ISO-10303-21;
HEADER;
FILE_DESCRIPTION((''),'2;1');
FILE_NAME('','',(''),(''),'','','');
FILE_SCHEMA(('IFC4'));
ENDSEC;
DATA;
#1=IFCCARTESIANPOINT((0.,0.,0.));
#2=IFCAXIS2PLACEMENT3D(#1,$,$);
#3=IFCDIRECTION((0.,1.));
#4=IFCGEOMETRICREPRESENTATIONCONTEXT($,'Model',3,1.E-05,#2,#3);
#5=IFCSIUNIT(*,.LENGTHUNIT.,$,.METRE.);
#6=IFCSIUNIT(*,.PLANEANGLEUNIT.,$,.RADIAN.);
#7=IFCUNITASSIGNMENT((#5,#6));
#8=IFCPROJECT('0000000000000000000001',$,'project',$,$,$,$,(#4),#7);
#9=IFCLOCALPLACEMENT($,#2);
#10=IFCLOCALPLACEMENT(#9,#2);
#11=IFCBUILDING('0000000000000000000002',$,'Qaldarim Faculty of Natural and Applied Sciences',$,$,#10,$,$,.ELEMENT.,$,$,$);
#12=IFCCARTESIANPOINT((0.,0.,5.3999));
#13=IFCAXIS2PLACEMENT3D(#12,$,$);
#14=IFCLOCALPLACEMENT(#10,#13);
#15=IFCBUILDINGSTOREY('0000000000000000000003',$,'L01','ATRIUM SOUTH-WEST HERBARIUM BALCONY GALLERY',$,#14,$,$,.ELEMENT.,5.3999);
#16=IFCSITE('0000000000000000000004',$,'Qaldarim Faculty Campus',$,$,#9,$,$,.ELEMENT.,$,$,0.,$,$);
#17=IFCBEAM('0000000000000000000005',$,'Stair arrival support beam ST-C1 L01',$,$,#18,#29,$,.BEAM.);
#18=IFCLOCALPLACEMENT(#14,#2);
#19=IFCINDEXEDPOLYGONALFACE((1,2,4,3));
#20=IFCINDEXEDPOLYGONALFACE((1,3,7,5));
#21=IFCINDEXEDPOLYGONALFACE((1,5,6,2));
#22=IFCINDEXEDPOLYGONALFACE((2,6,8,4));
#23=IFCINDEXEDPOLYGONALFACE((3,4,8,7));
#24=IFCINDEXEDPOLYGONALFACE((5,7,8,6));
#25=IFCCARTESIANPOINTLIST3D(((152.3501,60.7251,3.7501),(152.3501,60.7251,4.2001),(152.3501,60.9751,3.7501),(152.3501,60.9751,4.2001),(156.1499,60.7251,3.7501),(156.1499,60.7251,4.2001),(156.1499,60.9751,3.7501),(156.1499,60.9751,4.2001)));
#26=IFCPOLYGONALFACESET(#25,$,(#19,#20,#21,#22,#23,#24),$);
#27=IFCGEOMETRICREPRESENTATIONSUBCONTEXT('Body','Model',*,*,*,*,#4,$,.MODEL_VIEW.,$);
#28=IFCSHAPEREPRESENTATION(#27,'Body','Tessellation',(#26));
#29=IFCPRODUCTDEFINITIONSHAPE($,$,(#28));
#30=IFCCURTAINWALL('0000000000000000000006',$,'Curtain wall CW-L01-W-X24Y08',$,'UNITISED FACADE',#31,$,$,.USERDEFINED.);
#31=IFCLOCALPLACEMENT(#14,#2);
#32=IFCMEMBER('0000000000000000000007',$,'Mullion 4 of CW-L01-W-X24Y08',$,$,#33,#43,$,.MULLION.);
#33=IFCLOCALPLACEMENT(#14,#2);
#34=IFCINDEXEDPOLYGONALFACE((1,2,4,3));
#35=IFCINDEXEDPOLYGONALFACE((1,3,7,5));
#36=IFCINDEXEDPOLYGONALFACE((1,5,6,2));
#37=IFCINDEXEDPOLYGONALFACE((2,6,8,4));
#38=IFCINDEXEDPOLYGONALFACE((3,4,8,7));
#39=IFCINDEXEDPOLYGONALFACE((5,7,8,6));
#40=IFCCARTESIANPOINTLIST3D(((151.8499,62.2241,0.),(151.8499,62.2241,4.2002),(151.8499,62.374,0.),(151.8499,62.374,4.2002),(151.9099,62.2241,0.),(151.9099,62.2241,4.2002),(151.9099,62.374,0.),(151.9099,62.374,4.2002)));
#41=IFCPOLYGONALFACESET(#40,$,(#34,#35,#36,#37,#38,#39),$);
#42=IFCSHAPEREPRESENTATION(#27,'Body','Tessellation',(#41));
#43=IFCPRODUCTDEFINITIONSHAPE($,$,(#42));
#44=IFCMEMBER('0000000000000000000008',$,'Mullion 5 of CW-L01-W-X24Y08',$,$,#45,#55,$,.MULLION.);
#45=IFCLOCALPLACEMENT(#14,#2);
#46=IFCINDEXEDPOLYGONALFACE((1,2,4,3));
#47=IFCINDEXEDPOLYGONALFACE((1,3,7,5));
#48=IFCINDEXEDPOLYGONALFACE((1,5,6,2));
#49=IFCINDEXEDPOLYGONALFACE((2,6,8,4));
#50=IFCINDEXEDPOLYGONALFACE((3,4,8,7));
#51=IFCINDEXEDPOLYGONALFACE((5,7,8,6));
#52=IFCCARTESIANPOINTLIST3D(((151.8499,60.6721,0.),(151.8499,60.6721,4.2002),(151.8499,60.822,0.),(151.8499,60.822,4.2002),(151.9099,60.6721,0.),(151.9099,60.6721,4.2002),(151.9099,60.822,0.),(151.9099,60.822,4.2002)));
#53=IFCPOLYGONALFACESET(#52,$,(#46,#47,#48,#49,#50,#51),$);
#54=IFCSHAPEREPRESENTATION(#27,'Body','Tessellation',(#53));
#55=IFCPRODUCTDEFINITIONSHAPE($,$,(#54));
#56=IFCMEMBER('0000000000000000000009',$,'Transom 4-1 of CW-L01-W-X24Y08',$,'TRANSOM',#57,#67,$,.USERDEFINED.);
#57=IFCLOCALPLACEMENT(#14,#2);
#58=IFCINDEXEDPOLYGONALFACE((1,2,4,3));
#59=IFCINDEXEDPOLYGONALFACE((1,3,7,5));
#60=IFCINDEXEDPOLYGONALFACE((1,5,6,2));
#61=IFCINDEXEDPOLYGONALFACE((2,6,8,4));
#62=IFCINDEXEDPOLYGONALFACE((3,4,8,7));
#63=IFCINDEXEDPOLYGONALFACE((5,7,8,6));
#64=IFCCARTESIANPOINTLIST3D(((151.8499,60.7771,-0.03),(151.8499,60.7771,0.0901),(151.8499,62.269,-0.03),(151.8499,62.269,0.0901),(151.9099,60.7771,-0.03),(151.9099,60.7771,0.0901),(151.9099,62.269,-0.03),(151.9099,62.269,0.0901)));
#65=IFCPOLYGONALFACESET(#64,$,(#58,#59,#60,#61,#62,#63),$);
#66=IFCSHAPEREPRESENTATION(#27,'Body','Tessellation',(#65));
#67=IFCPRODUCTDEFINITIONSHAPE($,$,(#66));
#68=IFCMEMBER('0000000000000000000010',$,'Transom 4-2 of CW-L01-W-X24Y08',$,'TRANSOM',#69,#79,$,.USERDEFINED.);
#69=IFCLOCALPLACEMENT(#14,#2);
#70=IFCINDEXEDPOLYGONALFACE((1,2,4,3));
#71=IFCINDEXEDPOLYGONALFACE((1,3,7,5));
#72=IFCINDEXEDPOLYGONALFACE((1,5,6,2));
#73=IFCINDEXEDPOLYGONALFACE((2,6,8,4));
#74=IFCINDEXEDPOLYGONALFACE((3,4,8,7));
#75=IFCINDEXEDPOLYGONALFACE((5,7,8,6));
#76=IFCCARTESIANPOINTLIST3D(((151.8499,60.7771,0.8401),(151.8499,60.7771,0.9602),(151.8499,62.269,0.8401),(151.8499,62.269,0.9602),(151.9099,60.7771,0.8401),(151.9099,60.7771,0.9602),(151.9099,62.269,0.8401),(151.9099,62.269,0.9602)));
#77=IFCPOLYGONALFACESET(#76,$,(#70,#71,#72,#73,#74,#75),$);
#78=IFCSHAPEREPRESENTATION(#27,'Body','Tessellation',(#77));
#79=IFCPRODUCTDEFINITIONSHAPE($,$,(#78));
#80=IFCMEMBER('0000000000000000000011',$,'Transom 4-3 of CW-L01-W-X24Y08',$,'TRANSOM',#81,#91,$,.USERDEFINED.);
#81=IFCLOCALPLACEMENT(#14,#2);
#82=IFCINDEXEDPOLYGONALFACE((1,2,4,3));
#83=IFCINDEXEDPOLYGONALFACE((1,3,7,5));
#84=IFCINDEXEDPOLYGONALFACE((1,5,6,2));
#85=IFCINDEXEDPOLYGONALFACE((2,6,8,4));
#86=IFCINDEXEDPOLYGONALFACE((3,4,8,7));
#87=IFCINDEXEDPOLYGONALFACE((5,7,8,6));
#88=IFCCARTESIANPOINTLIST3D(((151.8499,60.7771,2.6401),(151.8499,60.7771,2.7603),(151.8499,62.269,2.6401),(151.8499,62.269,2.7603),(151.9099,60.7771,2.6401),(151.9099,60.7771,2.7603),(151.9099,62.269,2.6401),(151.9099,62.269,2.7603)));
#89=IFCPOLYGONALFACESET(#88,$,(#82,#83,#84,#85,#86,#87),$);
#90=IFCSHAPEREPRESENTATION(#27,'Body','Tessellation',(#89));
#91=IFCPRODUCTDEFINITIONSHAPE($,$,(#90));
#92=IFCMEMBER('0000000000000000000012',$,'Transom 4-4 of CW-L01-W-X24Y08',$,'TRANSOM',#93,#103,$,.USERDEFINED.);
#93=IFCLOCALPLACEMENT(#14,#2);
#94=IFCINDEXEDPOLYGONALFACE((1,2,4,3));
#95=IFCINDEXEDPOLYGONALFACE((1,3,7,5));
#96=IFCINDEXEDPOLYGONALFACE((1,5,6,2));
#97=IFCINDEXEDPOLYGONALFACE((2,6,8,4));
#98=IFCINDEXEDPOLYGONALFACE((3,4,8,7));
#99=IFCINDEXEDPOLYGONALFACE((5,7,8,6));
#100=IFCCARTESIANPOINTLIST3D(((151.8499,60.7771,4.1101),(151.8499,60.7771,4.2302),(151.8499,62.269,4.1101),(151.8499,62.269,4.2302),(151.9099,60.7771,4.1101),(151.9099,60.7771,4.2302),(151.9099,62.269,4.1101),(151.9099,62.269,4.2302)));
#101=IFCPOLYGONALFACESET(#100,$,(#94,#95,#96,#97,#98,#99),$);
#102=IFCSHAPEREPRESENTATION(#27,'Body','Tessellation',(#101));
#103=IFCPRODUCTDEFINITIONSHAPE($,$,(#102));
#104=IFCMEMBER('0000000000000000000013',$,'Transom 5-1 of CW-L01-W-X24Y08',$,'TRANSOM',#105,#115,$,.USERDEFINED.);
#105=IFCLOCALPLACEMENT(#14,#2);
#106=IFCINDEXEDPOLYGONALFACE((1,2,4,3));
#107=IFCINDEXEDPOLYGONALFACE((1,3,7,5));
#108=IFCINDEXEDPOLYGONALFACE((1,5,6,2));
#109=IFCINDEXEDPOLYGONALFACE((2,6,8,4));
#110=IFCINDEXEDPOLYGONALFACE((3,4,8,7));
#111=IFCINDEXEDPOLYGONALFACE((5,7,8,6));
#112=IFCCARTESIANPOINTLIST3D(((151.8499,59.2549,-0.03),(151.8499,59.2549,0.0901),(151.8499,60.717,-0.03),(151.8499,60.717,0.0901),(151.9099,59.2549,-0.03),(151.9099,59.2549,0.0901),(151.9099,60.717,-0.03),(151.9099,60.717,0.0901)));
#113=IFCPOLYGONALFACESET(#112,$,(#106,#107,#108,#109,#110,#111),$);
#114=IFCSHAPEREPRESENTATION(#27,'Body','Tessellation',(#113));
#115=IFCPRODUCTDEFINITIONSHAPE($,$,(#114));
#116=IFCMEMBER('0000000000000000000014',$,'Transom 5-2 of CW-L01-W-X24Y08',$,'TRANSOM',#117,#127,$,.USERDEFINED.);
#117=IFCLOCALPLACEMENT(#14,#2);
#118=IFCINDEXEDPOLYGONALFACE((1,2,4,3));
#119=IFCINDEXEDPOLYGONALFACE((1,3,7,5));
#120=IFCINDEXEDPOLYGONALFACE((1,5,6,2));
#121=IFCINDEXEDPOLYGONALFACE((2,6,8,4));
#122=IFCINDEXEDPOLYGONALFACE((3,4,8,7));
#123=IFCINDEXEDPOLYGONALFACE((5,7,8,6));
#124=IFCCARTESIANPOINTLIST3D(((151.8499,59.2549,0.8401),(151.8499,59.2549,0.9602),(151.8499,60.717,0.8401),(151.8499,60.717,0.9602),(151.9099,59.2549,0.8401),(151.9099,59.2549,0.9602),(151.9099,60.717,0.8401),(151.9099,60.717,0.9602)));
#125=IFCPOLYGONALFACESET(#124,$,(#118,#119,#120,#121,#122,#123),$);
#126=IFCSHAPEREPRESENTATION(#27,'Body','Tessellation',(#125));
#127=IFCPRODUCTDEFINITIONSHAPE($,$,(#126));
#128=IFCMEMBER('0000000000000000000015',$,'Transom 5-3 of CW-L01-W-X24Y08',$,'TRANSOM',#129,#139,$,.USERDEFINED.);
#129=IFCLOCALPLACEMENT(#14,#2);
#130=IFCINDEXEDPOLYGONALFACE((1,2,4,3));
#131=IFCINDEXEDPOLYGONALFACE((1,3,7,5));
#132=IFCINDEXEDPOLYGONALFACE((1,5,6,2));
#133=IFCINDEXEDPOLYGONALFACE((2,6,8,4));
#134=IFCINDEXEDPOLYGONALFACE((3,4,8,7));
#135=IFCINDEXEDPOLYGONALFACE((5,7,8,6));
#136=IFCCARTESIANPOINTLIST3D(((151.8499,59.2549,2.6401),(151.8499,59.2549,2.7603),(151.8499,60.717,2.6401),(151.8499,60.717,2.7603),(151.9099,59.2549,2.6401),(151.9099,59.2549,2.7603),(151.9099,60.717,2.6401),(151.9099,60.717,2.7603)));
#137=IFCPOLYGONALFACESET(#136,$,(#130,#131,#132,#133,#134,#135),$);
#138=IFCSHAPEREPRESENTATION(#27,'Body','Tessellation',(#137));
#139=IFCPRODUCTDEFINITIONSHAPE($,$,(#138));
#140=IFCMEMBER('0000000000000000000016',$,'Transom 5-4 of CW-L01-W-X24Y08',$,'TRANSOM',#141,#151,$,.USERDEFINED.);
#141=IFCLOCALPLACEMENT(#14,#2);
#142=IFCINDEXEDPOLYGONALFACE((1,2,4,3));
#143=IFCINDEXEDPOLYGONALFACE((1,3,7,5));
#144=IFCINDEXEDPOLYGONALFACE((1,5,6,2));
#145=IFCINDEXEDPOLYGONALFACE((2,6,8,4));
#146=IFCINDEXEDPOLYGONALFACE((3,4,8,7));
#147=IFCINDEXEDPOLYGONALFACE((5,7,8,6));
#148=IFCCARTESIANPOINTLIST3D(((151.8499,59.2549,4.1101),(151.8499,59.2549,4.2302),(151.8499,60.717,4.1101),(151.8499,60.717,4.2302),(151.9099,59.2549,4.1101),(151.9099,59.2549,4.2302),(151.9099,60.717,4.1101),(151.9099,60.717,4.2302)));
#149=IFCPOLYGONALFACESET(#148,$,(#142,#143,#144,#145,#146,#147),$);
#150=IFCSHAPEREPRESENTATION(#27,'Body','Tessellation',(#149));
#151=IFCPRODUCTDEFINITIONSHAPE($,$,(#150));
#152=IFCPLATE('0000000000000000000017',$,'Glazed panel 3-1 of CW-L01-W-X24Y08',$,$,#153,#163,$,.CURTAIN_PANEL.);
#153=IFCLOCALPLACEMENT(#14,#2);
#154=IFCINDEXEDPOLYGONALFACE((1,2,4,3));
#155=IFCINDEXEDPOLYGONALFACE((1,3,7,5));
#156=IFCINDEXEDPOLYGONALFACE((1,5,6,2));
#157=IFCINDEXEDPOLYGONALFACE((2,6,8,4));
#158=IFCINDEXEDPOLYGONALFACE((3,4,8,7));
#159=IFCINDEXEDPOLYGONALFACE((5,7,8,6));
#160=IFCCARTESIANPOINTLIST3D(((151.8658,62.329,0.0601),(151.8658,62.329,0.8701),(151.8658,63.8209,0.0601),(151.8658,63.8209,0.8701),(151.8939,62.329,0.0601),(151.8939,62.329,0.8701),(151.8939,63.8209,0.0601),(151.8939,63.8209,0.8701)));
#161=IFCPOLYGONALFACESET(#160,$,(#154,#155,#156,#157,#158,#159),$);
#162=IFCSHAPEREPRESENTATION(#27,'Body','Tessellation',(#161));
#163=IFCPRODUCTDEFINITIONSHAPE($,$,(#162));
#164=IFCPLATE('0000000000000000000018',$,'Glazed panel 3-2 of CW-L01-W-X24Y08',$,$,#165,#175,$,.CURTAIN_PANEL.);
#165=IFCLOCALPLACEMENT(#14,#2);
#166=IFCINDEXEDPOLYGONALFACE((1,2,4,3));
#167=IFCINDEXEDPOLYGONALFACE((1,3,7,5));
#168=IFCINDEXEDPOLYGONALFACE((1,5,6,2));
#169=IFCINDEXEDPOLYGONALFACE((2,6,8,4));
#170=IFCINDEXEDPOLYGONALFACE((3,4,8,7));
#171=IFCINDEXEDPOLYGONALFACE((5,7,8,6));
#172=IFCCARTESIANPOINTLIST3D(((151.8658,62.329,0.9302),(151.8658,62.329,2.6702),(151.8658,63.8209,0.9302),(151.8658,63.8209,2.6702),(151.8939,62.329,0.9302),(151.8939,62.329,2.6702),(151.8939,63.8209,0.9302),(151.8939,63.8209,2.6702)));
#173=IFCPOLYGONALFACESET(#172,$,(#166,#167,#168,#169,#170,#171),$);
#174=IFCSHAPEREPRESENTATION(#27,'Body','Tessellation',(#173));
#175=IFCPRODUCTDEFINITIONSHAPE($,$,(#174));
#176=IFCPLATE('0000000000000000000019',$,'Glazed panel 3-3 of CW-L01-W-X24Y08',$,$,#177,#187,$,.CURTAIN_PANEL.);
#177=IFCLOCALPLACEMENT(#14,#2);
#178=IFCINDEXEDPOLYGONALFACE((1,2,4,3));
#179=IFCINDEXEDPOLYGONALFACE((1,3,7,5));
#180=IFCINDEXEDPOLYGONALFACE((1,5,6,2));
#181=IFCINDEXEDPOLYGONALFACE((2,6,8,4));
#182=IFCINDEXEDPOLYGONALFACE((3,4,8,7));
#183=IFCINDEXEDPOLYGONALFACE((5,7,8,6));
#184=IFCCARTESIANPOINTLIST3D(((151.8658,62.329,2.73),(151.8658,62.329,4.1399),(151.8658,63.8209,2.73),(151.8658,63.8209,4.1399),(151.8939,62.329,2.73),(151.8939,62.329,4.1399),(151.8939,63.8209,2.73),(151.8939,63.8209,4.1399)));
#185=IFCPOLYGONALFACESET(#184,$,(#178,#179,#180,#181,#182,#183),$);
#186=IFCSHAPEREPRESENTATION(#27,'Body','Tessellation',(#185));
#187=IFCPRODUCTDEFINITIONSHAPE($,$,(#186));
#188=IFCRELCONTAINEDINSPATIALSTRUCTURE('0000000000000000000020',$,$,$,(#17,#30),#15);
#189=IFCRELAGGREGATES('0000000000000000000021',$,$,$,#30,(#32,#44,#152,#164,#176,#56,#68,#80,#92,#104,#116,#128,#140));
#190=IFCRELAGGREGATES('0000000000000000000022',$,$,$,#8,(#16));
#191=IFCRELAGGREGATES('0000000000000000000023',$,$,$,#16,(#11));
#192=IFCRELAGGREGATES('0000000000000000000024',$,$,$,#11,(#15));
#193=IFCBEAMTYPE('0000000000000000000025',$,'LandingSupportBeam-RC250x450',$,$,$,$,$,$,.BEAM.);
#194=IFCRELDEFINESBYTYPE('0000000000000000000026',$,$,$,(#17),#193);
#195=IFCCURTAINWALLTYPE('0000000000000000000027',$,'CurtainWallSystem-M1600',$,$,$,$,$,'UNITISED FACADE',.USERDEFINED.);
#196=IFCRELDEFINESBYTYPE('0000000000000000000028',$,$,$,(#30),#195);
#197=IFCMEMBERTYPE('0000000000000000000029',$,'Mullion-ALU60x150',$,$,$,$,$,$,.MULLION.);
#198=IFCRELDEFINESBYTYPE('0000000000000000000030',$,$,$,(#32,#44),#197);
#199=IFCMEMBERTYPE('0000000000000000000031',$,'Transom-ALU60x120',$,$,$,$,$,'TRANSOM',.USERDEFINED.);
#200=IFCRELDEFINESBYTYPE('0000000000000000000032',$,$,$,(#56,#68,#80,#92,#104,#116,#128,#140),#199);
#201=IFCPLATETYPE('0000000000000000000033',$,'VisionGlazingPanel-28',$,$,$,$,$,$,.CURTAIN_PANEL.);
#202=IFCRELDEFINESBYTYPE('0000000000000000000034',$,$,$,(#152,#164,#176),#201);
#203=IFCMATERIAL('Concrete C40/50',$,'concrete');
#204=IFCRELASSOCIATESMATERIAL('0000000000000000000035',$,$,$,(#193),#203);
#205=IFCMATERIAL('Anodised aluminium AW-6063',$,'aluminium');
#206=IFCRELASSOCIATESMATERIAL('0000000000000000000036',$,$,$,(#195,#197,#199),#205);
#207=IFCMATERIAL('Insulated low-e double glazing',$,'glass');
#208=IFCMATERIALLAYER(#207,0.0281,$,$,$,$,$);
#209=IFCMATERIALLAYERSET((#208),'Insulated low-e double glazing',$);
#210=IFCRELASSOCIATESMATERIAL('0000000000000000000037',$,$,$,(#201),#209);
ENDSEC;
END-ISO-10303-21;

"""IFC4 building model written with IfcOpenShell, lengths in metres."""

from ifc_helpers import new_model, si_unit, direction, frame, origin, origin_2d, place, context, subcontext, project, spatial, rectangle, extrude, material, layer, layer_set, material_profile, profile_set, type_object, element, aggregate, save


model = new_model("IFC4")

# Units and contexts
model_context = context("Model", 3, precision=1e-05, world=origin(), true_north=direction((0.0, 1.0)))
body_context = subcontext(model_context, "Body", "Model", "MODEL_VIEW")
ifc_project = project(units=[si_unit("LENGTHUNIT", "METRE"), si_unit("PLANEANGLEUNIT", "RADIAN")], contexts=[model_context])

# Site, building, storey
site_placement = place(None, origin())
site = spatial("IfcSite", under=ifc_project, at=site_placement, Name="Qaldarim Faculty Campus", CompositionType="ELEMENT", RefElevation=0.0)
building_placement = place(site_placement, origin())
building = spatial("IfcBuilding", under=site, at=building_placement, Name="Qaldarim Faculty of Natural and Applied Sciences", CompositionType="ELEMENT")
storey_placement = place(building_placement, frame((0.0, 0.0, 5.3999)))
storey = spatial("IfcBuildingStorey", under=building, at=storey_placement, Name="L01", Description="ATRIUM SOUTH-WEST HERBARIUM BALCONY GALLERY", CompositionType="ELEMENT", Elevation=5.3999)

# Beam
ifc_material_1 = material(Name="Concrete C40/50", Category="concrete")
ifc_material_profile_1 = material_profile(ifc_material_1, rectangle(XDim=0.25, YDim=0.45, at=origin_2d()), Name="RC-LN250x450")
ifc_profile_set_1 = profile_set([ifc_material_profile_1], Name="Concrete C40/50")
beam_type = type_object("IfcBeamType", Name="LandingSupportBeam-RC250x450", PredefinedType="BEAM", material=ifc_profile_set_1)
beam_placement = place(storey_placement, frame((152.3501, 60.8501, 3.9751), z_axis=(1.0, 0.0, 0.0), x_axis=(0.0, 1.0, 0.0)))
element("IfcBeam", 1, at=beam_placement, inside=storey, type_object=beam_type, Name="Stair arrival support beam ST-C1 L01", PredefinedType="BEAM", context=body_context, shape_type="SweptSolid", body=[
    extrude(rectangle(XDim=0.25, YDim=0.45, at=origin_2d()), origin(), (0.0, 0.0, 1.0), 3.7998),
])

# Curtain wall, members, plates
ifc_material_2 = material(Name="Anodised aluminium AW-6063", Category="aluminium")
curtain_wall_type = type_object("IfcCurtainWallType", Name="CurtainWallSystem-M1600", ElementType="UNITISED FACADE", PredefinedType="USERDEFINED", material=ifc_material_2)
curtain_wall_placement = place(storey_placement, origin())
curtain_wall = element("IfcCurtainWall", 2, at=curtain_wall_placement, inside=storey, type_object=curtain_wall_type, Name="Curtain wall CW-L01-W-X24Y08", ObjectType="UNITISED FACADE", PredefinedType="USERDEFINED")
ifc_material_profile_2 = material_profile(ifc_material_2, rectangle(XDim=0.0601, YDim=0.1499, at=origin_2d()), Name="ALU-M60x150")
ifc_profile_set_2 = profile_set([ifc_material_profile_2], Name="Anodised aluminium AW-6063")
member_type_1 = type_object("IfcMemberType", Name="Mullion-ALU60x150", PredefinedType="MULLION", material=ifc_profile_set_2)
member_1_placement = place(storey_placement, frame((151.8799, 62.2991, 0.0), z_axis=(0.0, 0.0, 1.0), x_axis=(1.0, 0.0, 0.0)))
member_1 = element("IfcMember", 3, at=member_1_placement, type_object=member_type_1, Name="Mullion 4 of CW-L01-W-X24Y08", PredefinedType="MULLION", context=body_context, shape_type="SweptSolid", body=[
    extrude(rectangle(XDim=0.0601, YDim=0.1499, at=origin_2d()), origin(), (0.0, 0.0, 1.0), 4.2002),
])
member_2_placement = place(storey_placement, frame((151.8799, 60.7471, 0.0), z_axis=(0.0, 0.0, 1.0), x_axis=(1.0, 0.0, 0.0)))
member_2 = element("IfcMember", 4, at=member_2_placement, type_object=member_type_1, Name="Mullion 5 of CW-L01-W-X24Y08", PredefinedType="MULLION", context=body_context, shape_type="SweptSolid", body=[
    extrude(rectangle(XDim=0.0601, YDim=0.1499, at=origin_2d()), origin(), (0.0, 0.0, 1.0), 4.2002),
])
ifc_material_profile_3 = material_profile(ifc_material_2, rectangle(XDim=0.0601, YDim=0.1201, at=origin_2d()), Name="ALU-T60x120")
ifc_profile_set_3 = profile_set([ifc_material_profile_3], Name="Anodised aluminium AW-6063")
member_type_2 = type_object("IfcMemberType", Name="Transom-ALU60x120", ElementType="TRANSOM", PredefinedType="USERDEFINED", material=ifc_profile_set_3)
member_3_placement = place(storey_placement, frame((151.8799, 62.269, 0.03), z_axis=(0.0, -1.0, 0.0), x_axis=(1.0, 0.0, 0.0)))
member_3 = element("IfcMember", 5, at=member_3_placement, type_object=member_type_2, Name="Transom 4-1 of CW-L01-W-X24Y08", ObjectType="TRANSOM", PredefinedType="USERDEFINED", context=body_context, shape_type="SweptSolid", body=[
    extrude(rectangle(XDim=0.0601, YDim=0.1201, at=origin_2d()), origin(), (0.0, 0.0, 1.0), 1.4919),
])
member_4_placement = place(storey_placement, frame((151.8799, 62.269, 0.9001), z_axis=(0.0, -1.0, 0.0), x_axis=(1.0, 0.0, 0.0)))
member_4 = element("IfcMember", 6, at=member_4_placement, type_object=member_type_2, Name="Transom 4-2 of CW-L01-W-X24Y08", ObjectType="TRANSOM", PredefinedType="USERDEFINED", context=body_context, shape_type="SweptSolid", body=[
    extrude(rectangle(XDim=0.0601, YDim=0.1201, at=origin_2d()), origin(), (0.0, 0.0, 1.0), 1.4919),
])
member_5_placement = place(storey_placement, frame((151.8799, 62.269, 2.7002), z_axis=(0.0, -1.0, 0.0), x_axis=(1.0, 0.0, 0.0)))
member_5 = element("IfcMember", 7, at=member_5_placement, type_object=member_type_2, Name="Transom 4-3 of CW-L01-W-X24Y08", ObjectType="TRANSOM", PredefinedType="USERDEFINED", context=body_context, shape_type="SweptSolid", body=[
    extrude(rectangle(XDim=0.0601, YDim=0.1201, at=origin_2d()), origin(), (0.0, 0.0, 1.0), 1.4919),
])
member_6_placement = place(storey_placement, frame((151.8799, 62.269, 4.1702), z_axis=(0.0, -1.0, 0.0), x_axis=(1.0, 0.0, 0.0)))
member_6 = element("IfcMember", 8, at=member_6_placement, type_object=member_type_2, Name="Transom 4-4 of CW-L01-W-X24Y08", ObjectType="TRANSOM", PredefinedType="USERDEFINED", context=body_context, shape_type="SweptSolid", body=[
    extrude(rectangle(XDim=0.0601, YDim=0.1201, at=origin_2d()), origin(), (0.0, 0.0, 1.0), 1.4919),
])
member_7_placement = place(storey_placement, frame((151.8799, 60.717, 0.03), z_axis=(0.0, -1.0, 0.0), x_axis=(1.0, 0.0, 0.0)))
member_7 = element("IfcMember", 9, at=member_7_placement, type_object=member_type_2, Name="Transom 5-1 of CW-L01-W-X24Y08", ObjectType="TRANSOM", PredefinedType="USERDEFINED", context=body_context, shape_type="SweptSolid", body=[
    extrude(rectangle(XDim=0.0601, YDim=0.1201, at=origin_2d()), origin(), (0.0, 0.0, 1.0), 1.4622),
])
member_8_placement = place(storey_placement, frame((151.8799, 60.717, 0.9001), z_axis=(0.0, -1.0, 0.0), x_axis=(1.0, 0.0, 0.0)))
member_8 = element("IfcMember", 10, at=member_8_placement, type_object=member_type_2, Name="Transom 5-2 of CW-L01-W-X24Y08", ObjectType="TRANSOM", PredefinedType="USERDEFINED", context=body_context, shape_type="SweptSolid", body=[
    extrude(rectangle(XDim=0.0601, YDim=0.1201, at=origin_2d()), origin(), (0.0, 0.0, 1.0), 1.4622),
])
member_9_placement = place(storey_placement, frame((151.8799, 60.717, 2.7002), z_axis=(0.0, -1.0, 0.0), x_axis=(1.0, 0.0, 0.0)))
member_9 = element("IfcMember", 11, at=member_9_placement, type_object=member_type_2, Name="Transom 5-3 of CW-L01-W-X24Y08", ObjectType="TRANSOM", PredefinedType="USERDEFINED", context=body_context, shape_type="SweptSolid", body=[
    extrude(rectangle(XDim=0.0601, YDim=0.1201, at=origin_2d()), origin(), (0.0, 0.0, 1.0), 1.4622),
])
member_10_placement = place(storey_placement, frame((151.8799, 60.717, 4.1702), z_axis=(0.0, -1.0, 0.0), x_axis=(1.0, 0.0, 0.0)))
member_10 = element("IfcMember", 12, at=member_10_placement, type_object=member_type_2, Name="Transom 5-4 of CW-L01-W-X24Y08", ObjectType="TRANSOM", PredefinedType="USERDEFINED", context=body_context, shape_type="SweptSolid", body=[
    extrude(rectangle(XDim=0.0601, YDim=0.1201, at=origin_2d()), origin(), (0.0, 0.0, 1.0), 1.4622),
])
ifc_material_3 = material(Name="Insulated low-e double glazing", Category="glass")
ifc_layer_1 = layer(ifc_material_3, 0.0281)
ifc_layer_set_1 = layer_set([ifc_layer_1], Name="Insulated low-e double glazing")
plate_type = type_object("IfcPlateType", Name="VisionGlazingPanel-28", PredefinedType="CURTAIN_PANEL", material=ifc_layer_set_1)
plate_1_placement = place(storey_placement, frame((151.8799, 63.075, 0.0601), z_axis=(0.0, 0.0, 1.0), x_axis=(0.0, -1.0, 0.0)))
plate_1 = element("IfcPlate", 13, at=plate_1_placement, type_object=plate_type, Name="Glazed panel 3-1 of CW-L01-W-X24Y08", PredefinedType="CURTAIN_PANEL", context=body_context, shape_type="SweptSolid", body=[
    extrude(rectangle(XDim=1.4919, YDim=0.0281, at=origin_2d()), origin(), (0.0, 0.0, 1.0), 0.8101),
])
plate_2_placement = place(storey_placement, frame((151.8799, 63.075, 0.9302), z_axis=(0.0, 0.0, 1.0), x_axis=(0.0, -1.0, 0.0)))
plate_2 = element("IfcPlate", 14, at=plate_2_placement, type_object=plate_type, Name="Glazed panel 3-2 of CW-L01-W-X24Y08", PredefinedType="CURTAIN_PANEL", context=body_context, shape_type="SweptSolid", body=[
    extrude(rectangle(XDim=1.4919, YDim=0.0281, at=origin_2d()), origin(), (0.0, 0.0, 1.0), 1.74),
])
plate_3_placement = place(storey_placement, frame((151.8799, 63.075, 2.73), z_axis=(0.0, 0.0, 1.0), x_axis=(0.0, -1.0, 0.0)))
plate_3 = element("IfcPlate", 15, at=plate_3_placement, type_object=plate_type, Name="Glazed panel 3-3 of CW-L01-W-X24Y08", PredefinedType="CURTAIN_PANEL", context=body_context, shape_type="SweptSolid", body=[
    extrude(rectangle(XDim=1.4919, YDim=0.0281, at=origin_2d()), origin(), (0.0, 0.0, 1.0), 1.4099),
])
aggregate(curtain_wall, [member_1, member_2, plate_1, plate_2, plate_3, member_3, member_4, member_5, member_6, member_7, member_8, member_9, member_10])

save(model, "model.ifc")
